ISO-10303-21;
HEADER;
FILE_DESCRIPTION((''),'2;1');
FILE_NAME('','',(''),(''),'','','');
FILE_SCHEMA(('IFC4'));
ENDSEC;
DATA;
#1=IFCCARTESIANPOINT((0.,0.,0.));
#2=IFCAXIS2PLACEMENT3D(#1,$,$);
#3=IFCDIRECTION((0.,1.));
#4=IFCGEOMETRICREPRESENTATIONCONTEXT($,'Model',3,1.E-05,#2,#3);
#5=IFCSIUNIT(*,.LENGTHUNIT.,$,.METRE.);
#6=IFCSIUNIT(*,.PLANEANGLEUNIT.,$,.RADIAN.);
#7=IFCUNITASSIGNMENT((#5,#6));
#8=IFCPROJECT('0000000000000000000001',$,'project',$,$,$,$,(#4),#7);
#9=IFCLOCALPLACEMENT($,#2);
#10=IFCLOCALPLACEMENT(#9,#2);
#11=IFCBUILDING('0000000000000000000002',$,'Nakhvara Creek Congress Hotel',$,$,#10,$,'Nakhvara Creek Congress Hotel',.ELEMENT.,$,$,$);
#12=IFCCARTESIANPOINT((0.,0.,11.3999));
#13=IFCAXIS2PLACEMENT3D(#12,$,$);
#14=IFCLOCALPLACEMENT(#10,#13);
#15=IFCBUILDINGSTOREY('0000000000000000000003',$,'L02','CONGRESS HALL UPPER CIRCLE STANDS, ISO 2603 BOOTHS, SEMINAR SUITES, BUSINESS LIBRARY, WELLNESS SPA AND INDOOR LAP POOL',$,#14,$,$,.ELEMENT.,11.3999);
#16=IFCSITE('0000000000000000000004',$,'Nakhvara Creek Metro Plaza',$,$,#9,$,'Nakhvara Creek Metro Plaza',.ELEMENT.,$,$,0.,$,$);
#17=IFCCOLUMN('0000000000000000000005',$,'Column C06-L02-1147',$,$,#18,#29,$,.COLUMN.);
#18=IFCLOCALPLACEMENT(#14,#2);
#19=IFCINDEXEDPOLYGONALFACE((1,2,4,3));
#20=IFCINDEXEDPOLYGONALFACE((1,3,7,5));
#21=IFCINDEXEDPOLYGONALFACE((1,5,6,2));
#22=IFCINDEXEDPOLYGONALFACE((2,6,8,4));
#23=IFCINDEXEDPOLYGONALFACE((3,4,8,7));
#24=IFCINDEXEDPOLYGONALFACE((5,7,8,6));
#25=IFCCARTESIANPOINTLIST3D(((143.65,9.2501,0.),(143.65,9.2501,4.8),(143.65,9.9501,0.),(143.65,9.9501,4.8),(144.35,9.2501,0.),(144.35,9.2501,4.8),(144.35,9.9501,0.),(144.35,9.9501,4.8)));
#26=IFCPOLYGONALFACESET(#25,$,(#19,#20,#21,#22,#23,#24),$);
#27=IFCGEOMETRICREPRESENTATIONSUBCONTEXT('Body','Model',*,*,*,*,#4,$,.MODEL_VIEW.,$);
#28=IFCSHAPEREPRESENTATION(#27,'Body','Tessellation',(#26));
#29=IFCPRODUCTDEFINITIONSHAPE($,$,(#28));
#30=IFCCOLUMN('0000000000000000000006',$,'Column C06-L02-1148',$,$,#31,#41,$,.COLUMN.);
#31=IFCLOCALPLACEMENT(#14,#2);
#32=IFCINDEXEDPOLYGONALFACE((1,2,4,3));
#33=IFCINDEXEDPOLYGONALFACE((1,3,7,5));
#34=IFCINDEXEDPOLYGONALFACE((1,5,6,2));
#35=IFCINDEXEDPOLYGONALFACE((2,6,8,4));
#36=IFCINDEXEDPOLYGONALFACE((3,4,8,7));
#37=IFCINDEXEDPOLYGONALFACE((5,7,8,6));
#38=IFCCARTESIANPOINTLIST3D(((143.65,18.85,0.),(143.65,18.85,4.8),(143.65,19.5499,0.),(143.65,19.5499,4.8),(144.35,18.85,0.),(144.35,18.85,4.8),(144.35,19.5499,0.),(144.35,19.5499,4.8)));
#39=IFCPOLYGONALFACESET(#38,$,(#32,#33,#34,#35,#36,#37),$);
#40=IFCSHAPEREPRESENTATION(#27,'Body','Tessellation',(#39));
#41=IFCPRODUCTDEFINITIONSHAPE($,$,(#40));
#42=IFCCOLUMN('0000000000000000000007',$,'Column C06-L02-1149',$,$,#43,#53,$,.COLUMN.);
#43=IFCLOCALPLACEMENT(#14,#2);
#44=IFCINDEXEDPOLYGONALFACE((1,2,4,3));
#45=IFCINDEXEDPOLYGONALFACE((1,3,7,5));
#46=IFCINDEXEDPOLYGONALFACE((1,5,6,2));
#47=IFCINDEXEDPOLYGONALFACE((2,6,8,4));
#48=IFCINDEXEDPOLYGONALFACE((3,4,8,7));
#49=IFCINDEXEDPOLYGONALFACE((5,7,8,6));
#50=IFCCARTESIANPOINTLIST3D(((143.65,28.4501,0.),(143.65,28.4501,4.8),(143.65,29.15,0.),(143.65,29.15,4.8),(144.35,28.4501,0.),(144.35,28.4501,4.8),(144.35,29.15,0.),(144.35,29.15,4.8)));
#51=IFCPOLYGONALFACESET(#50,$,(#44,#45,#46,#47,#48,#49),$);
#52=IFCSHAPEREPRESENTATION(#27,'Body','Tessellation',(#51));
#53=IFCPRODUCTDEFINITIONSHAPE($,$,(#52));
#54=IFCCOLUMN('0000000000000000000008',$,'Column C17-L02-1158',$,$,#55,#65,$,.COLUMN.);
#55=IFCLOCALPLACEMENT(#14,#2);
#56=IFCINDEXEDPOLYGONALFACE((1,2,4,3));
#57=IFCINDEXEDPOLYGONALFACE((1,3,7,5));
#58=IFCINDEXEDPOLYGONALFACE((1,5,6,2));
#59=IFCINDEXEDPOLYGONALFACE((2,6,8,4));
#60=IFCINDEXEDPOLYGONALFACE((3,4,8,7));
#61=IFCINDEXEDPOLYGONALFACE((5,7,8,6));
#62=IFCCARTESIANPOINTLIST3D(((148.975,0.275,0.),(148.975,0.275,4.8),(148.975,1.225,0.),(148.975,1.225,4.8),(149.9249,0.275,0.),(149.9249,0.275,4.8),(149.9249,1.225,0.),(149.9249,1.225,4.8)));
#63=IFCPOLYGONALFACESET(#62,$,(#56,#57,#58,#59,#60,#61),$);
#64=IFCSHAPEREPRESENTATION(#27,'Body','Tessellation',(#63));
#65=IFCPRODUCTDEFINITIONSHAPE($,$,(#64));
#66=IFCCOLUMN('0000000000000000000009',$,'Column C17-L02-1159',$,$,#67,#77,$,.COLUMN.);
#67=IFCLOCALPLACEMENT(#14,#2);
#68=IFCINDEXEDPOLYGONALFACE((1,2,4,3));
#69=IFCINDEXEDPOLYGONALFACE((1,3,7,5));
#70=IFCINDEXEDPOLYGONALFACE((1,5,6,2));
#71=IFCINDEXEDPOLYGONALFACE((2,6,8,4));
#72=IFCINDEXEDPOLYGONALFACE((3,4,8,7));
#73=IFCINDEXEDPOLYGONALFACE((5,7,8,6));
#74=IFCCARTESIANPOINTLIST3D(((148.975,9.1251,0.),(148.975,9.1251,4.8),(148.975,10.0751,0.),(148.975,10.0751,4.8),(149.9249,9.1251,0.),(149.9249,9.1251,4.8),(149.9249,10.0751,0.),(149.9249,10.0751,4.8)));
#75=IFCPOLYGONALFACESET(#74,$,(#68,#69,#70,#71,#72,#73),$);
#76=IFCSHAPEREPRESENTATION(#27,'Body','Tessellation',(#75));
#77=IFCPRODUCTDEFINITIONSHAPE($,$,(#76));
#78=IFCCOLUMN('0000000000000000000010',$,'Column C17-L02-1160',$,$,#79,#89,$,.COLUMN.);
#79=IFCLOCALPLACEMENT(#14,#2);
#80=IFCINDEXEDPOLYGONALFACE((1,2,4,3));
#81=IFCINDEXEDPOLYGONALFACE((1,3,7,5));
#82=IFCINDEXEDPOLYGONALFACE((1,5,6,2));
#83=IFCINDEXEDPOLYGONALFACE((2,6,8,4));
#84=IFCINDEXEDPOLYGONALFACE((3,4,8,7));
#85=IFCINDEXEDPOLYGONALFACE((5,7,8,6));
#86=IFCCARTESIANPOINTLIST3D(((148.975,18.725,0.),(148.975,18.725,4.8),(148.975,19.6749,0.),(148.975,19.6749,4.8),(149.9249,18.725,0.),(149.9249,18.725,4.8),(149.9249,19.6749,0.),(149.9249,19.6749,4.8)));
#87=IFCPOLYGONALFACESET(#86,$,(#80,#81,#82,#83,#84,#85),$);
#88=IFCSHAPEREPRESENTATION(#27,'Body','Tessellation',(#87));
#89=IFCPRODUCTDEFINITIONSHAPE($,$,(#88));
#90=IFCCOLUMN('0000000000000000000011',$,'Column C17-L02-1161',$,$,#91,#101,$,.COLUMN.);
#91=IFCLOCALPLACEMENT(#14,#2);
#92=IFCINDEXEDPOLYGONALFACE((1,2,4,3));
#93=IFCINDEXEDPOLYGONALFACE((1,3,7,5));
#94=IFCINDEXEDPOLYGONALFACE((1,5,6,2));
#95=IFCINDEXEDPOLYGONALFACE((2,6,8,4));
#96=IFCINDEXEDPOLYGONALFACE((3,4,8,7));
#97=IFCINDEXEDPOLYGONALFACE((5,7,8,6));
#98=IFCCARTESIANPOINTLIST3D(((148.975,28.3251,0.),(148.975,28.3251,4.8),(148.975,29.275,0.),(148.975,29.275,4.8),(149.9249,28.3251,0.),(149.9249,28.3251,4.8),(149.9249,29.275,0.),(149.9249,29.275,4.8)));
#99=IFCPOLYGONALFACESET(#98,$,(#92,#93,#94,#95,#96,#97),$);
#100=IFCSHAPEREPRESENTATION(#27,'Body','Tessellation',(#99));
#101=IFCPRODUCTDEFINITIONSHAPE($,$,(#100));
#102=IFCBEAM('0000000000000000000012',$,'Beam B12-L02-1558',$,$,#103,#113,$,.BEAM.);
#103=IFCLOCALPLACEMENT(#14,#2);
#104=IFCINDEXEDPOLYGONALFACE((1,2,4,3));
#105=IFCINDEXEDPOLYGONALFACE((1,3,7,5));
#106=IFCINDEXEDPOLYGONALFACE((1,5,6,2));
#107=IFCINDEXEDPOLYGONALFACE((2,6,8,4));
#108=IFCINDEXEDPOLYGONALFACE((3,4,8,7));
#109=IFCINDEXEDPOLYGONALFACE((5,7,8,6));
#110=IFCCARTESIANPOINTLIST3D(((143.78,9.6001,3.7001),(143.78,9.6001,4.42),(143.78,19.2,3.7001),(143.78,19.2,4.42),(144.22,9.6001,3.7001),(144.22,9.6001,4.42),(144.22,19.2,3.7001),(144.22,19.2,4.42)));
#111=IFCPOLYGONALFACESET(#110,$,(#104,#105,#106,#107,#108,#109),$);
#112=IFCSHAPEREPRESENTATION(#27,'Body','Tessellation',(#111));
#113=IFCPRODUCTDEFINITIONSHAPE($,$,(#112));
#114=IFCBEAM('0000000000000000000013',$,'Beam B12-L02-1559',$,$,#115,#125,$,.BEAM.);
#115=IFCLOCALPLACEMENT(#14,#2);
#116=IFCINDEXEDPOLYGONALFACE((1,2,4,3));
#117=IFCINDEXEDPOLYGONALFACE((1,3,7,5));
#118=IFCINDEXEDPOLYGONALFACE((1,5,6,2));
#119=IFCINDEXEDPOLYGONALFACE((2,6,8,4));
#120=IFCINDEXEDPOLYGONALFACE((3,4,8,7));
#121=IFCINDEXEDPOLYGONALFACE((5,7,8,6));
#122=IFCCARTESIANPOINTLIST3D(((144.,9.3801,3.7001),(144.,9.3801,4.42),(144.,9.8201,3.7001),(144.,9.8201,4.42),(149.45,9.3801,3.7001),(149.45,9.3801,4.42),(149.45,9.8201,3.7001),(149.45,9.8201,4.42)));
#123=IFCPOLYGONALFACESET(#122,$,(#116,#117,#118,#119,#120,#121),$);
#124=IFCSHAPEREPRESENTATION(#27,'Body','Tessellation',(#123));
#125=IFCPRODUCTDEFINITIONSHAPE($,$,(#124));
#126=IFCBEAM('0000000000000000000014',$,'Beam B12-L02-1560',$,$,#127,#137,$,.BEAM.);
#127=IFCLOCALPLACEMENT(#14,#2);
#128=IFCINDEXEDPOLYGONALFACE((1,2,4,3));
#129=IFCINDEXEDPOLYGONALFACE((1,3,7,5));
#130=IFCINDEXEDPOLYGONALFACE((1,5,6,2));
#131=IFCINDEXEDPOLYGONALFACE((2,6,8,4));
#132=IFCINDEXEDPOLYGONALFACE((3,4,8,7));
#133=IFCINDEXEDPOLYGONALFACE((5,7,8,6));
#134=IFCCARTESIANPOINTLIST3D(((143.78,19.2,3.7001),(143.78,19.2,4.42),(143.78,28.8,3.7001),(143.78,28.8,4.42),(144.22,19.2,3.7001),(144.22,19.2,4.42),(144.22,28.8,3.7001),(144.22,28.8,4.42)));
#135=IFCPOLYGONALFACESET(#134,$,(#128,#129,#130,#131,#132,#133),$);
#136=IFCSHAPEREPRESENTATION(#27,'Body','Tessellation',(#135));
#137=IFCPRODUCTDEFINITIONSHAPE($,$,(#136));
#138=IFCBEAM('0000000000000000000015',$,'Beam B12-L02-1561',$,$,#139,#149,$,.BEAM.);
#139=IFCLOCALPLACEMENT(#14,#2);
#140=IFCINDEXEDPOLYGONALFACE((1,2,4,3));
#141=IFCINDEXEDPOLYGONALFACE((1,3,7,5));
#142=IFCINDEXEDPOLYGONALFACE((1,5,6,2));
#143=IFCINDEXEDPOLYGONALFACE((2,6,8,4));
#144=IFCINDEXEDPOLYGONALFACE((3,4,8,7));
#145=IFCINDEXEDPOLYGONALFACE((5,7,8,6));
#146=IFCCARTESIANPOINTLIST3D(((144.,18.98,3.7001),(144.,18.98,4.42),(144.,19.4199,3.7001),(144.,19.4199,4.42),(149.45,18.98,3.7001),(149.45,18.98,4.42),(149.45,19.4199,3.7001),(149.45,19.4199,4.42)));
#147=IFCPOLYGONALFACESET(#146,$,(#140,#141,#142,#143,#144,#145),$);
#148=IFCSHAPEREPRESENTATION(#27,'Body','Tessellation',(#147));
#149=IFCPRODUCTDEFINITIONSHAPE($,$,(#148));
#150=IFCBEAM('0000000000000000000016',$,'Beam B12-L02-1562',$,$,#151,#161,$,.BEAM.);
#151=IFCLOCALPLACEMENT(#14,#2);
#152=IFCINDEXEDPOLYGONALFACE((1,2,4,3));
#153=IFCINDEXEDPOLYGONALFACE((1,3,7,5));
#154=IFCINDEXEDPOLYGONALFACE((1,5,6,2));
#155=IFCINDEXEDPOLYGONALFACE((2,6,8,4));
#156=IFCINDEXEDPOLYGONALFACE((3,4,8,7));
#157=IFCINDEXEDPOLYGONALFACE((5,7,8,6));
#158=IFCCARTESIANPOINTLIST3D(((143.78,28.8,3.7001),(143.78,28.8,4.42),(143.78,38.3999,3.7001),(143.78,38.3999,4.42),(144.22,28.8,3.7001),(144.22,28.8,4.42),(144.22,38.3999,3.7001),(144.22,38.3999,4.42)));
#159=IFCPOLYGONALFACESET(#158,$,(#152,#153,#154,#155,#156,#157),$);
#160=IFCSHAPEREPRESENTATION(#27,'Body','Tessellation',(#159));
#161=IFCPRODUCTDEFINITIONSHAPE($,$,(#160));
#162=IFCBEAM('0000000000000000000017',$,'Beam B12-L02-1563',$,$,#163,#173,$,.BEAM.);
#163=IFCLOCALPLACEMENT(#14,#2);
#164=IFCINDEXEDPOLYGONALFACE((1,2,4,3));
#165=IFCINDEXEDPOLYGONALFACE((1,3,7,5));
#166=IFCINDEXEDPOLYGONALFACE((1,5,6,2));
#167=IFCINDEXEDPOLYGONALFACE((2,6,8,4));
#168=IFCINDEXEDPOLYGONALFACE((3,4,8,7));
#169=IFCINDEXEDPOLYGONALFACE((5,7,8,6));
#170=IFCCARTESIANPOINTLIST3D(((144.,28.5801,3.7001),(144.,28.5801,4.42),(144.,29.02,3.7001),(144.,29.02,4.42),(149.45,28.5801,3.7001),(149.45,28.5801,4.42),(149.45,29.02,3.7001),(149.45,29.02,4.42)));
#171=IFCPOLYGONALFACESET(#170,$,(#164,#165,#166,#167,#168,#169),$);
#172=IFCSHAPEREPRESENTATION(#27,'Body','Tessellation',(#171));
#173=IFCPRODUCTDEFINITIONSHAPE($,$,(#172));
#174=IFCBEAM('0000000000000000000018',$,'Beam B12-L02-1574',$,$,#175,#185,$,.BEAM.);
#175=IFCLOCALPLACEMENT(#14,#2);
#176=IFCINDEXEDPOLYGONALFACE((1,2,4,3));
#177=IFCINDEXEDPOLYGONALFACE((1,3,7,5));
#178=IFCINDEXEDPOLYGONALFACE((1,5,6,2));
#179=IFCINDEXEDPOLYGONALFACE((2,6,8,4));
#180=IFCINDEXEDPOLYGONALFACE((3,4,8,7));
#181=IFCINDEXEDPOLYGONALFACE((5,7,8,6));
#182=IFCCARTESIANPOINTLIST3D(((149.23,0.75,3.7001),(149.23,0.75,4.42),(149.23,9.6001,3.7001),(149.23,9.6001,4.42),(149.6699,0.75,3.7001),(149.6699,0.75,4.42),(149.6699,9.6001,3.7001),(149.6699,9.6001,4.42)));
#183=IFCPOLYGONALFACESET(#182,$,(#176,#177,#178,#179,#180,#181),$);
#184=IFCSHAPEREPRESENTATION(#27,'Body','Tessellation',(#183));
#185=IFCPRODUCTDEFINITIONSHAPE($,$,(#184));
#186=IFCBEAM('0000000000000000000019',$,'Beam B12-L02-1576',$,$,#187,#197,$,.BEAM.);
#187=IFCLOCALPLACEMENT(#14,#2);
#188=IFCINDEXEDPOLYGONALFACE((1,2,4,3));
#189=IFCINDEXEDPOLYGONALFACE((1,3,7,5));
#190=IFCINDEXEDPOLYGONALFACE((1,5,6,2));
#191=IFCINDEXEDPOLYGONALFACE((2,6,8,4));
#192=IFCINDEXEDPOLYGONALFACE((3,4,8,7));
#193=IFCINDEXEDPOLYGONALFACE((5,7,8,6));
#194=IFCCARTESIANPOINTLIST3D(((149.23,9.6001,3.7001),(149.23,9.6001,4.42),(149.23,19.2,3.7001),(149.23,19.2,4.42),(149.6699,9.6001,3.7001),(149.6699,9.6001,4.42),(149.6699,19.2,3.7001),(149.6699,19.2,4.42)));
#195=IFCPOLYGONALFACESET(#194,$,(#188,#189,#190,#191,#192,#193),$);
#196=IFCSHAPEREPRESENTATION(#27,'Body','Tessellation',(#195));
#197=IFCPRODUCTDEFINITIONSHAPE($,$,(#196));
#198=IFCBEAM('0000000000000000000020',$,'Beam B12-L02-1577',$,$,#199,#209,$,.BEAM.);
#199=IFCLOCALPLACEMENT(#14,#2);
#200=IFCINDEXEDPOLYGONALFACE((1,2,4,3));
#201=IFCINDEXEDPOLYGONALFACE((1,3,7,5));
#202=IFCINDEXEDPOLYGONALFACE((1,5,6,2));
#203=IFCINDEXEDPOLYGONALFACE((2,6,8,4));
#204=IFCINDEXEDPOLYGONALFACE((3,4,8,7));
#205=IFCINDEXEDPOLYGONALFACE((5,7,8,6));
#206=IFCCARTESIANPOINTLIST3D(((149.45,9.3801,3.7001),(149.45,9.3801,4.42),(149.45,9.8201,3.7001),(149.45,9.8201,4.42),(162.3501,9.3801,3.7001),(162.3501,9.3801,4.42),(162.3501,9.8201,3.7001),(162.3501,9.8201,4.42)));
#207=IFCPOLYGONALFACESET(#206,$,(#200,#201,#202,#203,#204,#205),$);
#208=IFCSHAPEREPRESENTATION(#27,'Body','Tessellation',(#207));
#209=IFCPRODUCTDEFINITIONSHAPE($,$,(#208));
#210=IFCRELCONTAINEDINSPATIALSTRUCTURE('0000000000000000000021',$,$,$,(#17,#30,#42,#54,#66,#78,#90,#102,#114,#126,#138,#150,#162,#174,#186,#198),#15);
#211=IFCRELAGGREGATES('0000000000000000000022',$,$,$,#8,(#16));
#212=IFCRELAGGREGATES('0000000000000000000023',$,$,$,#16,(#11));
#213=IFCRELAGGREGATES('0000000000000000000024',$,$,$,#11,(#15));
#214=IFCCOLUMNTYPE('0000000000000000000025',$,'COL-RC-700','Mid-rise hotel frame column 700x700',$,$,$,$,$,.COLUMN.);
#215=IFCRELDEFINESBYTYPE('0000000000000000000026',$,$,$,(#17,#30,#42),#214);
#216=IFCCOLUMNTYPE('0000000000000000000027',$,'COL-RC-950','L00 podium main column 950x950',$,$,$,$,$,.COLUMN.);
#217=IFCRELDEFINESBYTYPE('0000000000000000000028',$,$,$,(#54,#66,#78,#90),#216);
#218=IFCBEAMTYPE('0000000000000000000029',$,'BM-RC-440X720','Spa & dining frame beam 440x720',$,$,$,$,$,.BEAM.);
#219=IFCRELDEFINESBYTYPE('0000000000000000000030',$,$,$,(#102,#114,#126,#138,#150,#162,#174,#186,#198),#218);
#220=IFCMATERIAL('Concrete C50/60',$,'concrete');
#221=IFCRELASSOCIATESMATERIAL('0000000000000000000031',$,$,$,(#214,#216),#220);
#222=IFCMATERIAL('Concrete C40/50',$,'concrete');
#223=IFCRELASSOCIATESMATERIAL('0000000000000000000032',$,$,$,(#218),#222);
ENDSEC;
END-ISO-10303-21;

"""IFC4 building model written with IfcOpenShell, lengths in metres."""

from ifc_helpers import new_model, si_unit, direction, frame, origin, origin_2d, place, context, subcontext, project, spatial, rectangle, extrude, material, material_profile, profile_set, type_object, element, save


model = new_model("IFC4")

# Units and contexts
model_context = context("Model", 3, precision=1e-05, world=origin(), true_north=direction((0.0, 1.0)))
body_context = subcontext(model_context, "Body", "Model", "MODEL_VIEW")
ifc_project = project(units=[si_unit("LENGTHUNIT", "METRE"), si_unit("PLANEANGLEUNIT", "RADIAN")], contexts=[model_context])

# Site, building, storey
site_placement = place(None, origin())
site = spatial("IfcSite", under=ifc_project, at=site_placement, Name="Nakhvara Creek Metro Plaza", LongName="Nakhvara Creek Metro Plaza", CompositionType="ELEMENT", RefElevation=0.0)
building_placement = place(site_placement, origin())
building = spatial("IfcBuilding", under=site, at=building_placement, Name="Nakhvara Creek Congress Hotel", LongName="Nakhvara Creek Congress Hotel", CompositionType="ELEMENT")
storey_placement = place(building_placement, frame((0.0, 0.0, 11.3999)))
storey = spatial("IfcBuildingStorey", under=building, at=storey_placement, Name="L02", Description="CONGRESS HALL UPPER CIRCLE STANDS, ISO 2603 BOOTHS, SEMINAR SUITES, BUSINESS LIBRARY, WELLNESS SPA AND INDOOR LAP POOL", CompositionType="ELEMENT", Elevation=11.3999)

# Columns
ifc_material_1 = material(Name="Concrete C50/60", Category="concrete")
ifc_material_profile_1 = material_profile(ifc_material_1, rectangle(XDim=0.7, YDim=0.7, at=origin_2d()), Name="RC-COL 700x700", Category="LoadBearing")
ifc_profile_set_1 = profile_set([ifc_material_profile_1], Name="Concrete C50/60")
column_type_1 = type_object("IfcColumnType", Name="COL-RC-700", Description="Mid-rise hotel frame column 700x700", PredefinedType="COLUMN", material=ifc_profile_set_1)
for number, where, z_axis, x_axis, name in (
    (1, (144.0, 9.6001, 0.0), (0.0, 0.0, 1.0), (1.0, 0.0, 0.0), "Column C06-L02-1147"),
    (2, (144.0, 19.2, 0.0), (0.0, 0.0, 1.0), (1.0, 0.0, 0.0), "Column C06-L02-1148"),
    (3, (144.0, 28.8, 0.0), (0.0, 0.0, 1.0), (1.0, 0.0, 0.0), "Column C06-L02-1149"),
):
    element("IfcColumn", number, at=place(storey_placement, frame(where, z_axis=z_axis, x_axis=x_axis)), inside=storey, type_object=column_type_1, Name=name, PredefinedType="COLUMN", context=body_context, shape_type="SweptSolid", body=[
        extrude(rectangle(XDim=0.7, YDim=0.7, at=origin_2d()), origin(), (0.0, 0.0, 1.0), 4.8),
    ])
ifc_material_profile_2 = material_profile(ifc_material_1, rectangle(XDim=0.95, YDim=0.95, at=origin_2d()), Name="RC-COL 950x950", Category="LoadBearing")
ifc_profile_set_2 = profile_set([ifc_material_profile_2], Name="Concrete C50/60")
column_type_2 = type_object("IfcColumnType", Name="COL-RC-950", Description="L00 podium main column 950x950", PredefinedType="COLUMN", material=ifc_profile_set_2)
for number, where, z_axis, x_axis, name in (
    (4, (149.45, 0.75, 0.0), (0.0, 0.0, 1.0), (1.0, 0.0, 0.0), "Column C17-L02-1158"),
    (5, (149.45, 9.6001, 0.0), (0.0, 0.0, 1.0), (1.0, 0.0, 0.0), "Column C17-L02-1159"),
    (6, (149.45, 19.2, 0.0), (0.0, 0.0, 1.0), (1.0, 0.0, 0.0), "Column C17-L02-1160"),
    (7, (149.45, 28.8, 0.0), (0.0, 0.0, 1.0), (1.0, 0.0, 0.0), "Column C17-L02-1161"),
):
    element("IfcColumn", number, at=place(storey_placement, frame(where, z_axis=z_axis, x_axis=x_axis)), inside=storey, type_object=column_type_2, Name=name, PredefinedType="COLUMN", context=body_context, shape_type="SweptSolid", body=[
        extrude(rectangle(XDim=0.95, YDim=0.95, at=origin_2d()), origin(), (0.0, 0.0, 1.0), 4.8),
    ])

# Beams
ifc_material_2 = material(Name="Concrete C40/50", Category="concrete")
ifc_material_profile_3 = material_profile(ifc_material_2, rectangle(XDim=0.4399, YDim=0.72, at=origin_2d()), Name="RC-BM 440x720", Category="LoadBearing")
ifc_profile_set_3 = profile_set([ifc_material_profile_3], Name="Concrete C40/50")
beam_type_1 = type_object("IfcBeamType", Name="BM-RC-440X720", Description="Spa & dining frame beam 440x720", PredefinedType="BEAM", material=ifc_profile_set_3)
beam_1_placement = place(storey_placement, frame((144.0, 9.6001, 4.0601), z_axis=(0.0, 1.0, 0.0), x_axis=(-1.0, 0.0, 0.0)))
element("IfcBeam", 8, at=beam_1_placement, inside=storey, type_object=beam_type_1, Name="Beam B12-L02-1558", PredefinedType="BEAM", context=body_context, shape_type="SweptSolid", body=[
    extrude(rectangle(XDim=0.4399, YDim=0.72, at=origin_2d()), origin(), (0.0, 0.0, 1.0), 9.5999),
])
beam_2_placement = place(storey_placement, frame((144.0, 9.6001, 4.0601), z_axis=(1.0, 0.0, 0.0), x_axis=(0.0, 1.0, 0.0)))
element("IfcBeam", 9, at=beam_2_placement, inside=storey, type_object=beam_type_1, Name="Beam B12-L02-1559", PredefinedType="BEAM", context=body_context, shape_type="SweptSolid", body=[
    extrude(rectangle(XDim=0.4399, YDim=0.72, at=origin_2d()), origin(), (0.0, 0.0, 1.0), 5.45),
])
beam_3_placement = place(storey_placement, frame((144.0, 19.2, 4.0601), z_axis=(0.0, 1.0, 0.0), x_axis=(-1.0, 0.0, 0.0)))
element("IfcBeam", 10, at=beam_3_placement, inside=storey, type_object=beam_type_1, Name="Beam B12-L02-1560", PredefinedType="BEAM", context=body_context, shape_type="SweptSolid", body=[
    extrude(rectangle(XDim=0.4399, YDim=0.72, at=origin_2d()), origin(), (0.0, 0.0, 1.0), 9.6001),
])
beam_4_placement = place(storey_placement, frame((144.0, 19.2, 4.0601), z_axis=(1.0, 0.0, 0.0), x_axis=(0.0, 1.0, 0.0)))
element("IfcBeam", 11, at=beam_4_placement, inside=storey, type_object=beam_type_1, Name="Beam B12-L02-1561", PredefinedType="BEAM", context=body_context, shape_type="SweptSolid", body=[
    extrude(rectangle(XDim=0.4399, YDim=0.72, at=origin_2d()), origin(), (0.0, 0.0, 1.0), 5.45),
])
beam_5_placement = place(storey_placement, frame((144.0, 28.8, 4.0601), z_axis=(0.0, 1.0, 0.0), x_axis=(-1.0, 0.0, 0.0)))
element("IfcBeam", 12, at=beam_5_placement, inside=storey, type_object=beam_type_1, Name="Beam B12-L02-1562", PredefinedType="BEAM", context=body_context, shape_type="SweptSolid", body=[
    extrude(rectangle(XDim=0.4399, YDim=0.72, at=origin_2d()), origin(), (0.0, 0.0, 1.0), 9.5999),
])
beam_6_placement = place(storey_placement, frame((144.0, 28.8, 4.0601), z_axis=(1.0, 0.0, 0.0), x_axis=(0.0, 1.0, 0.0)))
element("IfcBeam", 13, at=beam_6_placement, inside=storey, type_object=beam_type_1, Name="Beam B12-L02-1563", PredefinedType="BEAM", context=body_context, shape_type="SweptSolid", body=[
    extrude(rectangle(XDim=0.4399, YDim=0.72, at=origin_2d()), origin(), (0.0, 0.0, 1.0), 5.45),
])
beam_7_placement = place(storey_placement, frame((149.45, 0.75, 4.0601), z_axis=(0.0, 1.0, 0.0), x_axis=(-1.0, 0.0, 0.0)))
element("IfcBeam", 14, at=beam_7_placement, inside=storey, type_object=beam_type_1, Name="Beam B12-L02-1574", PredefinedType="BEAM", context=body_context, shape_type="SweptSolid", body=[
    extrude(rectangle(XDim=0.4399, YDim=0.72, at=origin_2d()), origin(), (0.0, 0.0, 1.0), 8.8501),
])
beam_8_placement = place(storey_placement, frame((149.45, 9.6001, 4.0601), z_axis=(0.0, 1.0, 0.0), x_axis=(-1.0, 0.0, 0.0)))
element("IfcBeam", 15, at=beam_8_placement, inside=storey, type_object=beam_type_1, Name="Beam B12-L02-1576", PredefinedType="BEAM", context=body_context, shape_type="SweptSolid", body=[
    extrude(rectangle(XDim=0.4399, YDim=0.72, at=origin_2d()), origin(), (0.0, 0.0, 1.0), 9.5999),
])
beam_9_placement = place(storey_placement, frame((149.45, 9.6001, 4.0601), z_axis=(1.0, 0.0, 0.0), x_axis=(0.0, 1.0, 0.0)))
element("IfcBeam", 16, at=beam_9_placement, inside=storey, type_object=beam_type_1, Name="Beam B12-L02-1577", PredefinedType="BEAM", context=body_context, shape_type="SweptSolid", body=[
    extrude(rectangle(XDim=0.4399, YDim=0.72, at=origin_2d()), origin(), (0.0, 0.0, 1.0), 12.9001),
])

save(model, "model.ifc")
